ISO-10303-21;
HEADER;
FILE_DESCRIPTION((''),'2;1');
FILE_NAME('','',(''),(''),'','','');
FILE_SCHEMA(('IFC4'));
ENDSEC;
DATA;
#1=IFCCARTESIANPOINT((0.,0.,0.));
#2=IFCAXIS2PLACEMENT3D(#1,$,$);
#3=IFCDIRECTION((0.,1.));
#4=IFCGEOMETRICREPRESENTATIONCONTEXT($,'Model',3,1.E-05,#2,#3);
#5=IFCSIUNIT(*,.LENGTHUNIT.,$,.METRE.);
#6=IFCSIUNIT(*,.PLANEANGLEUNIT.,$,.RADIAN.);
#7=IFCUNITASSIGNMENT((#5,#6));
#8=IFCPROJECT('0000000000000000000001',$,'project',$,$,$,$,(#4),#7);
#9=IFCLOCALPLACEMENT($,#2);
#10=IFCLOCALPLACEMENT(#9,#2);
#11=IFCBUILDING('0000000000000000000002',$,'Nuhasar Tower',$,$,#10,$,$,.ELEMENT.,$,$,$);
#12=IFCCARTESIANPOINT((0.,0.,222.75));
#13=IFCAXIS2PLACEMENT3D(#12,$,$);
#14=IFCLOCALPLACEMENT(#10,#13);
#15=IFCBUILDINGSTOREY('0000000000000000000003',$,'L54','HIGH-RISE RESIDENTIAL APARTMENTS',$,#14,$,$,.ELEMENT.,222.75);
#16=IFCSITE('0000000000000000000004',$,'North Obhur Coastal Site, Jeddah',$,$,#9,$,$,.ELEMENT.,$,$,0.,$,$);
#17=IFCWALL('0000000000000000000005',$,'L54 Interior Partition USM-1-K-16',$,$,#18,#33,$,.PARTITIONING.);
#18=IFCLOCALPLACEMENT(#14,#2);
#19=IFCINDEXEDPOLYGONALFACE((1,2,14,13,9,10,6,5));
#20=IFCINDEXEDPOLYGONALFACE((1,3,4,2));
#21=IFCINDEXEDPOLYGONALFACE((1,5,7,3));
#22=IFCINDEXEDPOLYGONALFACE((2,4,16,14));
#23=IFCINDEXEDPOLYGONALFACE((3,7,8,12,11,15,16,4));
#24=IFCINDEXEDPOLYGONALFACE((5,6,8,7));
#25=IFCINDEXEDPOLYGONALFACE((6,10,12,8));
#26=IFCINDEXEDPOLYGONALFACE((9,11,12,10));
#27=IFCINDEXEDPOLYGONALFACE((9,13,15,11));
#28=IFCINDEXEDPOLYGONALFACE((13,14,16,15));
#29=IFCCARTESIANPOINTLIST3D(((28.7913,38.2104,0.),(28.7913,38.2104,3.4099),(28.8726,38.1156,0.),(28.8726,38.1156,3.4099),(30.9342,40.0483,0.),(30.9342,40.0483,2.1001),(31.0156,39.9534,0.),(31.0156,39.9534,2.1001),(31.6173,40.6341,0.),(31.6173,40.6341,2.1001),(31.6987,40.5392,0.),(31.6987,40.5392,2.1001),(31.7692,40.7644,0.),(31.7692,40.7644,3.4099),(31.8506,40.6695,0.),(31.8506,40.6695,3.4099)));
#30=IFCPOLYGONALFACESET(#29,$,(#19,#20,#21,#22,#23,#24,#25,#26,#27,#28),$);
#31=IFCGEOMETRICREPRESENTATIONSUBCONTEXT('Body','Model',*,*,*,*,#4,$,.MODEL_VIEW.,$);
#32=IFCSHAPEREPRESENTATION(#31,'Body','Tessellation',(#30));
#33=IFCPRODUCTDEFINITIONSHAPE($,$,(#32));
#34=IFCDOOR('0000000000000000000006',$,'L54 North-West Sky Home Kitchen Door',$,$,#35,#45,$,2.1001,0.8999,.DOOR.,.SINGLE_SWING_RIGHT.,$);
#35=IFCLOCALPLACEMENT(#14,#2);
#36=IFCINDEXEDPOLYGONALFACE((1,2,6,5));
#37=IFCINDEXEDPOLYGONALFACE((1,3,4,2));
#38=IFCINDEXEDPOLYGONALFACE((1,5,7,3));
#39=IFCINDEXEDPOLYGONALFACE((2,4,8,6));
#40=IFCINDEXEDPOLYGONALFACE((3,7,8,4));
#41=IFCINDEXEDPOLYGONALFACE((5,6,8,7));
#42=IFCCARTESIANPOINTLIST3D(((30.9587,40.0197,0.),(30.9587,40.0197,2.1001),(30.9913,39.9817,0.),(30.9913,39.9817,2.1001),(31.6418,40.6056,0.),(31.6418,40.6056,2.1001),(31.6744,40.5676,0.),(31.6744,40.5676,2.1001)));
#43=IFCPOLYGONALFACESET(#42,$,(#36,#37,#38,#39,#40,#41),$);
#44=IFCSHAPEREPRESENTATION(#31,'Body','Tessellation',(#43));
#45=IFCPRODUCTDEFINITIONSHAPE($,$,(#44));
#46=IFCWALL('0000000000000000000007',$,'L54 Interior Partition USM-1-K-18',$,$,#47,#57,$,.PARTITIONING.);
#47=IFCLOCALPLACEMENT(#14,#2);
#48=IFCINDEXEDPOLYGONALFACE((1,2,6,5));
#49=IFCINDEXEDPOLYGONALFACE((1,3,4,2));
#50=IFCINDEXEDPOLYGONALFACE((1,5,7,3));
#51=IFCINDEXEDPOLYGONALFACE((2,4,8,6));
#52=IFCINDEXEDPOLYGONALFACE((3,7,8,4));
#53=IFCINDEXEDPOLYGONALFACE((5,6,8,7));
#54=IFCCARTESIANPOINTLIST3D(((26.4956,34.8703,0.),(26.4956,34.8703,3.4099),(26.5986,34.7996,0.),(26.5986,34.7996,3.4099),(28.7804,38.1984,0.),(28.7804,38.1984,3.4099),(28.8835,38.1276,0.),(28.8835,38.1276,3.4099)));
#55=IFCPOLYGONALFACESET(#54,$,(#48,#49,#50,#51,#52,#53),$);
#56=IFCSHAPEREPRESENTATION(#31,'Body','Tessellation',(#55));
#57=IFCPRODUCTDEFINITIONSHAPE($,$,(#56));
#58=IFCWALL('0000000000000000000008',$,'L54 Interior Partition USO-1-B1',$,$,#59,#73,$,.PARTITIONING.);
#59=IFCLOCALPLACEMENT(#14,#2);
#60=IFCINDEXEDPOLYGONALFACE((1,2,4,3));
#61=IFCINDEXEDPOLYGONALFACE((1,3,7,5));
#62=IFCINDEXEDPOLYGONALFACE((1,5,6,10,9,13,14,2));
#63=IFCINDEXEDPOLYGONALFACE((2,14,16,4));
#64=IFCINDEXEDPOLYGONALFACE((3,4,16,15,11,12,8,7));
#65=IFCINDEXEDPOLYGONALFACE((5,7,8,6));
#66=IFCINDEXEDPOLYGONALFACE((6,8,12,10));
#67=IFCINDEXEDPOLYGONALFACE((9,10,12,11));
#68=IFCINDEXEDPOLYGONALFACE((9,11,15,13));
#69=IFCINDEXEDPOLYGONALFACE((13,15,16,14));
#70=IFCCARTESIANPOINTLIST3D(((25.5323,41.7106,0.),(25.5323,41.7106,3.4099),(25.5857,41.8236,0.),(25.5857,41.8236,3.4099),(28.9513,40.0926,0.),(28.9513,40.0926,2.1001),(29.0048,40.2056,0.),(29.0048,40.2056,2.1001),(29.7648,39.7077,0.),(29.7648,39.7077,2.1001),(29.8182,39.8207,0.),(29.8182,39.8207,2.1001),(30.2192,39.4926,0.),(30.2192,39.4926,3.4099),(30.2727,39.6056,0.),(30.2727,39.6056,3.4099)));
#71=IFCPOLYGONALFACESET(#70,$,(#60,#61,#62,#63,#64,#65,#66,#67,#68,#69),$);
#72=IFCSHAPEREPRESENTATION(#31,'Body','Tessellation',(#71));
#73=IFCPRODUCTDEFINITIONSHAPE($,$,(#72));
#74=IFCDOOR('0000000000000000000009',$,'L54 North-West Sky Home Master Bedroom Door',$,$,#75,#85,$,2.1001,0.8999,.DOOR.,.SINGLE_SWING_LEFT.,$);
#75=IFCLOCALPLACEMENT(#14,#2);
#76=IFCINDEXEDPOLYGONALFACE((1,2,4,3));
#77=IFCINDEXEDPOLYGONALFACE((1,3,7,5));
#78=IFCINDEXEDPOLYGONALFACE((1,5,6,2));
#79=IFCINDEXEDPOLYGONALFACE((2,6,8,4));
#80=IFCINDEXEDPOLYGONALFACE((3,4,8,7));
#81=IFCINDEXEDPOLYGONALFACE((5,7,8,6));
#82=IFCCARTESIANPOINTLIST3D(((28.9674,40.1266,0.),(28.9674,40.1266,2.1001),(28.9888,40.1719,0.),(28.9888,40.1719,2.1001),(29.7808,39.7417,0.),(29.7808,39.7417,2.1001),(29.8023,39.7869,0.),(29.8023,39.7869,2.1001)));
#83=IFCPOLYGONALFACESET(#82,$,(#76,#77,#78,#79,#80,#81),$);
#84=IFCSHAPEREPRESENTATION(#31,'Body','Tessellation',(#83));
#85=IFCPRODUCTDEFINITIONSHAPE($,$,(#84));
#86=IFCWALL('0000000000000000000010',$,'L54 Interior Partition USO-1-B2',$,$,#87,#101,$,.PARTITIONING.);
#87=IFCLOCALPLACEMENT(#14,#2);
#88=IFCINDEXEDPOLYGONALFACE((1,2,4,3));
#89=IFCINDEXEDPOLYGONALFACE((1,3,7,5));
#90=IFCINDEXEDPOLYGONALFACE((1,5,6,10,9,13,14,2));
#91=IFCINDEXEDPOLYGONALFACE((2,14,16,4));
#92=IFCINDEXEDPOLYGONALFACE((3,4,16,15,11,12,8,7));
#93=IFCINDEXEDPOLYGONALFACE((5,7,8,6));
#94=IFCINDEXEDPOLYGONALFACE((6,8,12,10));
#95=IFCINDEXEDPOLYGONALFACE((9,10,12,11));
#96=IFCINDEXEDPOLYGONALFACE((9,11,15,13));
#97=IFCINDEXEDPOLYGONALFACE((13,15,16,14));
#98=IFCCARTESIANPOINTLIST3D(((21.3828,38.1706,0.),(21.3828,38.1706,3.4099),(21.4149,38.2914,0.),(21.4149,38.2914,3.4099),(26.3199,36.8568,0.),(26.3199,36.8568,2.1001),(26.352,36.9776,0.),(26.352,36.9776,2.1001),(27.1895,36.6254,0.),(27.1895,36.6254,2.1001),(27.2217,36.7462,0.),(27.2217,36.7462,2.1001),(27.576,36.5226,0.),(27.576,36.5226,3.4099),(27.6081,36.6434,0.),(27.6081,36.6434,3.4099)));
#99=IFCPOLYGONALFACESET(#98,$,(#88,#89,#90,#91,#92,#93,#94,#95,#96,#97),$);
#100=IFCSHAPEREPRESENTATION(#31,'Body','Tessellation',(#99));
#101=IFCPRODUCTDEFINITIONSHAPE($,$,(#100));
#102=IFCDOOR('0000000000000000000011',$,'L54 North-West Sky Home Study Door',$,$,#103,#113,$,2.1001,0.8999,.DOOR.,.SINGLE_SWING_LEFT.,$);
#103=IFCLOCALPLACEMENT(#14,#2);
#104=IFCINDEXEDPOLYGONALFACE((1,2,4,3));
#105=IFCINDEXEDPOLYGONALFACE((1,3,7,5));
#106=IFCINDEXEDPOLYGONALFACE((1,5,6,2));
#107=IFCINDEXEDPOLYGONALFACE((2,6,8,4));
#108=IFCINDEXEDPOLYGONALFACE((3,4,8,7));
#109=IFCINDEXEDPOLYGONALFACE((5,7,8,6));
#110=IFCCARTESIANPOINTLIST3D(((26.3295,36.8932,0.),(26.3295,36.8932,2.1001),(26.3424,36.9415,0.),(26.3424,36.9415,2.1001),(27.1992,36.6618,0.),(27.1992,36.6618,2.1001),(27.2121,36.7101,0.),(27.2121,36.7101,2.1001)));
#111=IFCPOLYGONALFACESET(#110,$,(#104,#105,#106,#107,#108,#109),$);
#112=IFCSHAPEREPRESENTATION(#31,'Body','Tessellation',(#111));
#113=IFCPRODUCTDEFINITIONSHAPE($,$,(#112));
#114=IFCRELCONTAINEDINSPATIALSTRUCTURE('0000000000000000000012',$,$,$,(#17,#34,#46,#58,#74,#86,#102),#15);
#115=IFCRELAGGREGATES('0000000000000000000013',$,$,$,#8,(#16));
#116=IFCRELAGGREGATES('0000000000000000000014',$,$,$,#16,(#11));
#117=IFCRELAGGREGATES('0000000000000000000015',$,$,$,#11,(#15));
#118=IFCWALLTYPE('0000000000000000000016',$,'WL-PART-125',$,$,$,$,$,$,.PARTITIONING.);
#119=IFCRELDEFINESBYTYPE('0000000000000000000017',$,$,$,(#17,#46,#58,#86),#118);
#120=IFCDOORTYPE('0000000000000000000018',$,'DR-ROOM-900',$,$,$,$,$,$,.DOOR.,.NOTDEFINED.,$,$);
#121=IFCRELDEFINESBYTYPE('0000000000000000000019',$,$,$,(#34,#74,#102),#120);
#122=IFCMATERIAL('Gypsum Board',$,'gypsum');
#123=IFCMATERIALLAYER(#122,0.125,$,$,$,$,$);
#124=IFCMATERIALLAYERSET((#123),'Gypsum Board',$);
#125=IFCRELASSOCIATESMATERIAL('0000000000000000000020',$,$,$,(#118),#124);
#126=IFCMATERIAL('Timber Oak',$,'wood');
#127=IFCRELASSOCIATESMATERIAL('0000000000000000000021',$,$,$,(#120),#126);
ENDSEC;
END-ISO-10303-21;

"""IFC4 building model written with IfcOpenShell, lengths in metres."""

from ifc_helpers import new_model, si_unit, direction, frame, frame_2d, origin, place, context, subcontext, project, spatial, rectangle, extrude, material, layer, layer_set, type_object, element, fill, save


model = new_model("IFC4")

# Units and contexts
model_context = context("Model", 3, precision=1e-05, world=origin(), true_north=direction((0.0, 1.0)))
body_context = subcontext(model_context, "Body", "Model", "MODEL_VIEW")
ifc_project = project(units=[si_unit("LENGTHUNIT", "METRE"), si_unit("PLANEANGLEUNIT", "RADIAN")], contexts=[model_context])

# Site, building, storey
site_placement = place(None, origin())
site = spatial("IfcSite", under=ifc_project, at=site_placement, Name="North Obhur Coastal Site, Jeddah", CompositionType="ELEMENT", RefElevation=0.0)
building_placement = place(site_placement, origin())
building = spatial("IfcBuilding", under=site, at=building_placement, Name="Nuhasar Tower", CompositionType="ELEMENT")
storey_placement = place(building_placement, frame((0.0, 0.0, 222.75)))
storey = spatial("IfcBuildingStorey", under=building, at=storey_placement, Name="L54", Description="HIGH-RISE RESIDENTIAL APARTMENTS", CompositionType="ELEMENT", Elevation=222.75)

# Wall, opening, door
ifc_material_1 = material(Name="Gypsum Board", Category="gypsum")
ifc_layer_1 = layer(ifc_material_1, 0.125)
ifc_layer_set_1 = layer_set([ifc_layer_1], Name="Gypsum Board")
wall_type = type_object("IfcWallType", Name="WL-PART-125", PredefinedType="PARTITIONING", material=ifc_layer_set_1)
wall_1_placement = place(storey_placement, frame((28.832, 38.1631, 0.0), z_axis=(0.0, 0.0, 1.0), x_axis=(0.759085, 0.650991, 0.0)))
wall_1 = element("IfcWall", 1, at=wall_1_placement, inside=storey, type_object=wall_type, Name="L54 Interior Partition USM-1-K-16", PredefinedType="PARTITIONING", context=body_context, shape_type="SweptSolid", body=[
    extrude(rectangle(XDim=3.9231, YDim=0.125, at=frame_2d((1.9614, 0.0))), origin(), (0.0, 0.0, 1.0), 3.4099),
])
opening_1_placement = place(wall_1_placement, frame((2.823, 0.0, 0.0)))
opening_1 = element("IfcOpeningElement", 2, at=opening_1_placement, cuts=wall_1, PredefinedType="OPENING", context=body_context, shape_type="SweptSolid", body=[
    extrude(rectangle(XDim=0.8999, YDim=2.1001, at=frame_2d((0.45, 1.05))), frame((0.0, 0.0725, 0.0), z_axis=(0.0, -1.0, 0.0), x_axis=(1.0, 0.0, 0.0)), (0.0, 0.0, 1.0), 0.145),
])
ifc_material_2 = material(Name="Timber Oak", Category="wood")
door_type = type_object("IfcDoorType", Name="DR-ROOM-900", OperationType="NOTDEFINED", PredefinedType="DOOR", material=ifc_material_2)
door_1_placement = place(opening_1_placement, origin())
door_1 = element("IfcDoor", 3, at=door_1_placement, inside=storey, type_object=door_type, Name="L54 North-West Sky Home Kitchen Door", OperationType="SINGLE_SWING_RIGHT", OverallHeight=2.1001, OverallWidth=0.8999, PredefinedType="DOOR", context=body_context, shape_type="SweptSolid", body=[
    extrude(rectangle(XDim=0.8999, YDim=2.1001, at=frame_2d((0.45, 1.05))), frame((0.0, 0.0249, 0.0), z_axis=(0.0, -1.0, 0.0), x_axis=(1.0, 0.0, 0.0)), (0.0, 0.0, 1.0), 0.05),
])
fill(opening_1, door_1)

# Wall
wall_2_placement = place(storey_placement, frame((28.832, 38.1631, 0.0), z_axis=(0.0, 0.0, 1.0), x_axis=(-0.565995, -0.824409, 0.0)))
element("IfcWall", 4, at=wall_2_placement, inside=storey, type_object=wall_type, Name="L54 Interior Partition USM-1-K-18", PredefinedType="PARTITIONING", context=body_context, shape_type="SweptSolid", body=[
    extrude(rectangle(XDim=4.0369, YDim=0.125, at=frame_2d((2.0186, 0.0))), origin(), (0.0, 0.0, 1.0), 3.4099),
])

# Walls, openings, doors
wall_3_placement = place(storey_placement, frame((30.2461, 39.5491, 0.0), z_axis=(0.0, 0.0, 1.0), x_axis=(-0.903898, 0.427748, 0.0)))
wall_3 = element("IfcWall", 5, at=wall_3_placement, inside=storey, type_object=wall_type, Name="L54 Interior Partition USO-1-B1", PredefinedType="PARTITIONING", context=body_context, shape_type="SweptSolid", body=[
    extrude(rectangle(XDim=5.1853, YDim=0.125, at=frame_2d((2.5928, 0.0))), origin(), (0.0, 0.0, 1.0), 3.4099),
])
opening_2_placement = place(wall_3_placement, frame((0.5029, 0.0, 0.0)))
opening_2 = element("IfcOpeningElement", 6, at=opening_2_placement, cuts=wall_3, PredefinedType="OPENING", context=body_context, shape_type="SweptSolid", body=[
    extrude(rectangle(XDim=0.8999, YDim=2.1001, at=frame_2d((0.45, 1.05))), frame((0.0, 0.0725, 0.0), z_axis=(0.0, -1.0, 0.0), x_axis=(1.0, 0.0, 0.0)), (0.0, 0.0, 1.0), 0.145),
])
door_2_placement = place(opening_2_placement, origin())
door_2 = element("IfcDoor", 7, at=door_2_placement, inside=storey, type_object=door_type, Name="L54 North-West Sky Home Master Bedroom Door", OperationType="SINGLE_SWING_LEFT", OverallHeight=2.1001, OverallWidth=0.8999, PredefinedType="DOOR", context=body_context, shape_type="SweptSolid", body=[
    extrude(rectangle(XDim=0.8999, YDim=2.1001, at=frame_2d((0.45, 1.05))), frame((0.0, 0.0249, 0.0), z_axis=(0.0, -1.0, 0.0), x_axis=(1.0, 0.0, 0.0)), (0.0, 0.0, 1.0), 0.05),
])
fill(opening_2, door_2)
wall_4_placement = place(storey_placement, frame((27.592, 36.583, 0.0), z_axis=(0.0, 0.0, 1.0), x_axis=(-0.966373, 0.257146, 0.0)))
wall_4 = element("IfcWall", 8, at=wall_4_placement, inside=storey, type_object=wall_type, Name="L54 Interior Partition USO-1-B2", PredefinedType="PARTITIONING", context=body_context, shape_type="SweptSolid", body=[
    extrude(rectangle(XDim=6.4087, YDim=0.125, at=frame_2d((3.2043, 0.0))), origin(), (0.0, 0.0, 1.0), 3.4099),
])
opening_3_placement = place(wall_4_placement, frame((0.3999, 0.0, 0.0)))
opening_3 = element("IfcOpeningElement", 9, at=opening_3_placement, cuts=wall_4, PredefinedType="OPENING", context=body_context, shape_type="SweptSolid", body=[
    extrude(rectangle(XDim=0.8999, YDim=2.1001, at=frame_2d((0.45, 1.05))), frame((0.0, 0.0725, 0.0), z_axis=(0.0, -1.0, 0.0), x_axis=(1.0, 0.0, 0.0)), (0.0, 0.0, 1.0), 0.145),
])
door_3_placement = place(opening_3_placement, origin())
door_3 = element("IfcDoor", 10, at=door_3_placement, inside=storey, type_object=door_type, Name="L54 North-West Sky Home Study Door", OperationType="SINGLE_SWING_LEFT", OverallHeight=2.1001, OverallWidth=0.8999, PredefinedType="DOOR", context=body_context, shape_type="SweptSolid", body=[
    extrude(rectangle(XDim=0.8999, YDim=2.1001, at=frame_2d((0.45, 1.05))), frame((0.0, 0.0249, 0.0), z_axis=(0.0, -1.0, 0.0), x_axis=(1.0, 0.0, 0.0)), (0.0, 0.0, 1.0), 0.05),
])
fill(opening_3, door_3)

save(model, "model.ifc")
